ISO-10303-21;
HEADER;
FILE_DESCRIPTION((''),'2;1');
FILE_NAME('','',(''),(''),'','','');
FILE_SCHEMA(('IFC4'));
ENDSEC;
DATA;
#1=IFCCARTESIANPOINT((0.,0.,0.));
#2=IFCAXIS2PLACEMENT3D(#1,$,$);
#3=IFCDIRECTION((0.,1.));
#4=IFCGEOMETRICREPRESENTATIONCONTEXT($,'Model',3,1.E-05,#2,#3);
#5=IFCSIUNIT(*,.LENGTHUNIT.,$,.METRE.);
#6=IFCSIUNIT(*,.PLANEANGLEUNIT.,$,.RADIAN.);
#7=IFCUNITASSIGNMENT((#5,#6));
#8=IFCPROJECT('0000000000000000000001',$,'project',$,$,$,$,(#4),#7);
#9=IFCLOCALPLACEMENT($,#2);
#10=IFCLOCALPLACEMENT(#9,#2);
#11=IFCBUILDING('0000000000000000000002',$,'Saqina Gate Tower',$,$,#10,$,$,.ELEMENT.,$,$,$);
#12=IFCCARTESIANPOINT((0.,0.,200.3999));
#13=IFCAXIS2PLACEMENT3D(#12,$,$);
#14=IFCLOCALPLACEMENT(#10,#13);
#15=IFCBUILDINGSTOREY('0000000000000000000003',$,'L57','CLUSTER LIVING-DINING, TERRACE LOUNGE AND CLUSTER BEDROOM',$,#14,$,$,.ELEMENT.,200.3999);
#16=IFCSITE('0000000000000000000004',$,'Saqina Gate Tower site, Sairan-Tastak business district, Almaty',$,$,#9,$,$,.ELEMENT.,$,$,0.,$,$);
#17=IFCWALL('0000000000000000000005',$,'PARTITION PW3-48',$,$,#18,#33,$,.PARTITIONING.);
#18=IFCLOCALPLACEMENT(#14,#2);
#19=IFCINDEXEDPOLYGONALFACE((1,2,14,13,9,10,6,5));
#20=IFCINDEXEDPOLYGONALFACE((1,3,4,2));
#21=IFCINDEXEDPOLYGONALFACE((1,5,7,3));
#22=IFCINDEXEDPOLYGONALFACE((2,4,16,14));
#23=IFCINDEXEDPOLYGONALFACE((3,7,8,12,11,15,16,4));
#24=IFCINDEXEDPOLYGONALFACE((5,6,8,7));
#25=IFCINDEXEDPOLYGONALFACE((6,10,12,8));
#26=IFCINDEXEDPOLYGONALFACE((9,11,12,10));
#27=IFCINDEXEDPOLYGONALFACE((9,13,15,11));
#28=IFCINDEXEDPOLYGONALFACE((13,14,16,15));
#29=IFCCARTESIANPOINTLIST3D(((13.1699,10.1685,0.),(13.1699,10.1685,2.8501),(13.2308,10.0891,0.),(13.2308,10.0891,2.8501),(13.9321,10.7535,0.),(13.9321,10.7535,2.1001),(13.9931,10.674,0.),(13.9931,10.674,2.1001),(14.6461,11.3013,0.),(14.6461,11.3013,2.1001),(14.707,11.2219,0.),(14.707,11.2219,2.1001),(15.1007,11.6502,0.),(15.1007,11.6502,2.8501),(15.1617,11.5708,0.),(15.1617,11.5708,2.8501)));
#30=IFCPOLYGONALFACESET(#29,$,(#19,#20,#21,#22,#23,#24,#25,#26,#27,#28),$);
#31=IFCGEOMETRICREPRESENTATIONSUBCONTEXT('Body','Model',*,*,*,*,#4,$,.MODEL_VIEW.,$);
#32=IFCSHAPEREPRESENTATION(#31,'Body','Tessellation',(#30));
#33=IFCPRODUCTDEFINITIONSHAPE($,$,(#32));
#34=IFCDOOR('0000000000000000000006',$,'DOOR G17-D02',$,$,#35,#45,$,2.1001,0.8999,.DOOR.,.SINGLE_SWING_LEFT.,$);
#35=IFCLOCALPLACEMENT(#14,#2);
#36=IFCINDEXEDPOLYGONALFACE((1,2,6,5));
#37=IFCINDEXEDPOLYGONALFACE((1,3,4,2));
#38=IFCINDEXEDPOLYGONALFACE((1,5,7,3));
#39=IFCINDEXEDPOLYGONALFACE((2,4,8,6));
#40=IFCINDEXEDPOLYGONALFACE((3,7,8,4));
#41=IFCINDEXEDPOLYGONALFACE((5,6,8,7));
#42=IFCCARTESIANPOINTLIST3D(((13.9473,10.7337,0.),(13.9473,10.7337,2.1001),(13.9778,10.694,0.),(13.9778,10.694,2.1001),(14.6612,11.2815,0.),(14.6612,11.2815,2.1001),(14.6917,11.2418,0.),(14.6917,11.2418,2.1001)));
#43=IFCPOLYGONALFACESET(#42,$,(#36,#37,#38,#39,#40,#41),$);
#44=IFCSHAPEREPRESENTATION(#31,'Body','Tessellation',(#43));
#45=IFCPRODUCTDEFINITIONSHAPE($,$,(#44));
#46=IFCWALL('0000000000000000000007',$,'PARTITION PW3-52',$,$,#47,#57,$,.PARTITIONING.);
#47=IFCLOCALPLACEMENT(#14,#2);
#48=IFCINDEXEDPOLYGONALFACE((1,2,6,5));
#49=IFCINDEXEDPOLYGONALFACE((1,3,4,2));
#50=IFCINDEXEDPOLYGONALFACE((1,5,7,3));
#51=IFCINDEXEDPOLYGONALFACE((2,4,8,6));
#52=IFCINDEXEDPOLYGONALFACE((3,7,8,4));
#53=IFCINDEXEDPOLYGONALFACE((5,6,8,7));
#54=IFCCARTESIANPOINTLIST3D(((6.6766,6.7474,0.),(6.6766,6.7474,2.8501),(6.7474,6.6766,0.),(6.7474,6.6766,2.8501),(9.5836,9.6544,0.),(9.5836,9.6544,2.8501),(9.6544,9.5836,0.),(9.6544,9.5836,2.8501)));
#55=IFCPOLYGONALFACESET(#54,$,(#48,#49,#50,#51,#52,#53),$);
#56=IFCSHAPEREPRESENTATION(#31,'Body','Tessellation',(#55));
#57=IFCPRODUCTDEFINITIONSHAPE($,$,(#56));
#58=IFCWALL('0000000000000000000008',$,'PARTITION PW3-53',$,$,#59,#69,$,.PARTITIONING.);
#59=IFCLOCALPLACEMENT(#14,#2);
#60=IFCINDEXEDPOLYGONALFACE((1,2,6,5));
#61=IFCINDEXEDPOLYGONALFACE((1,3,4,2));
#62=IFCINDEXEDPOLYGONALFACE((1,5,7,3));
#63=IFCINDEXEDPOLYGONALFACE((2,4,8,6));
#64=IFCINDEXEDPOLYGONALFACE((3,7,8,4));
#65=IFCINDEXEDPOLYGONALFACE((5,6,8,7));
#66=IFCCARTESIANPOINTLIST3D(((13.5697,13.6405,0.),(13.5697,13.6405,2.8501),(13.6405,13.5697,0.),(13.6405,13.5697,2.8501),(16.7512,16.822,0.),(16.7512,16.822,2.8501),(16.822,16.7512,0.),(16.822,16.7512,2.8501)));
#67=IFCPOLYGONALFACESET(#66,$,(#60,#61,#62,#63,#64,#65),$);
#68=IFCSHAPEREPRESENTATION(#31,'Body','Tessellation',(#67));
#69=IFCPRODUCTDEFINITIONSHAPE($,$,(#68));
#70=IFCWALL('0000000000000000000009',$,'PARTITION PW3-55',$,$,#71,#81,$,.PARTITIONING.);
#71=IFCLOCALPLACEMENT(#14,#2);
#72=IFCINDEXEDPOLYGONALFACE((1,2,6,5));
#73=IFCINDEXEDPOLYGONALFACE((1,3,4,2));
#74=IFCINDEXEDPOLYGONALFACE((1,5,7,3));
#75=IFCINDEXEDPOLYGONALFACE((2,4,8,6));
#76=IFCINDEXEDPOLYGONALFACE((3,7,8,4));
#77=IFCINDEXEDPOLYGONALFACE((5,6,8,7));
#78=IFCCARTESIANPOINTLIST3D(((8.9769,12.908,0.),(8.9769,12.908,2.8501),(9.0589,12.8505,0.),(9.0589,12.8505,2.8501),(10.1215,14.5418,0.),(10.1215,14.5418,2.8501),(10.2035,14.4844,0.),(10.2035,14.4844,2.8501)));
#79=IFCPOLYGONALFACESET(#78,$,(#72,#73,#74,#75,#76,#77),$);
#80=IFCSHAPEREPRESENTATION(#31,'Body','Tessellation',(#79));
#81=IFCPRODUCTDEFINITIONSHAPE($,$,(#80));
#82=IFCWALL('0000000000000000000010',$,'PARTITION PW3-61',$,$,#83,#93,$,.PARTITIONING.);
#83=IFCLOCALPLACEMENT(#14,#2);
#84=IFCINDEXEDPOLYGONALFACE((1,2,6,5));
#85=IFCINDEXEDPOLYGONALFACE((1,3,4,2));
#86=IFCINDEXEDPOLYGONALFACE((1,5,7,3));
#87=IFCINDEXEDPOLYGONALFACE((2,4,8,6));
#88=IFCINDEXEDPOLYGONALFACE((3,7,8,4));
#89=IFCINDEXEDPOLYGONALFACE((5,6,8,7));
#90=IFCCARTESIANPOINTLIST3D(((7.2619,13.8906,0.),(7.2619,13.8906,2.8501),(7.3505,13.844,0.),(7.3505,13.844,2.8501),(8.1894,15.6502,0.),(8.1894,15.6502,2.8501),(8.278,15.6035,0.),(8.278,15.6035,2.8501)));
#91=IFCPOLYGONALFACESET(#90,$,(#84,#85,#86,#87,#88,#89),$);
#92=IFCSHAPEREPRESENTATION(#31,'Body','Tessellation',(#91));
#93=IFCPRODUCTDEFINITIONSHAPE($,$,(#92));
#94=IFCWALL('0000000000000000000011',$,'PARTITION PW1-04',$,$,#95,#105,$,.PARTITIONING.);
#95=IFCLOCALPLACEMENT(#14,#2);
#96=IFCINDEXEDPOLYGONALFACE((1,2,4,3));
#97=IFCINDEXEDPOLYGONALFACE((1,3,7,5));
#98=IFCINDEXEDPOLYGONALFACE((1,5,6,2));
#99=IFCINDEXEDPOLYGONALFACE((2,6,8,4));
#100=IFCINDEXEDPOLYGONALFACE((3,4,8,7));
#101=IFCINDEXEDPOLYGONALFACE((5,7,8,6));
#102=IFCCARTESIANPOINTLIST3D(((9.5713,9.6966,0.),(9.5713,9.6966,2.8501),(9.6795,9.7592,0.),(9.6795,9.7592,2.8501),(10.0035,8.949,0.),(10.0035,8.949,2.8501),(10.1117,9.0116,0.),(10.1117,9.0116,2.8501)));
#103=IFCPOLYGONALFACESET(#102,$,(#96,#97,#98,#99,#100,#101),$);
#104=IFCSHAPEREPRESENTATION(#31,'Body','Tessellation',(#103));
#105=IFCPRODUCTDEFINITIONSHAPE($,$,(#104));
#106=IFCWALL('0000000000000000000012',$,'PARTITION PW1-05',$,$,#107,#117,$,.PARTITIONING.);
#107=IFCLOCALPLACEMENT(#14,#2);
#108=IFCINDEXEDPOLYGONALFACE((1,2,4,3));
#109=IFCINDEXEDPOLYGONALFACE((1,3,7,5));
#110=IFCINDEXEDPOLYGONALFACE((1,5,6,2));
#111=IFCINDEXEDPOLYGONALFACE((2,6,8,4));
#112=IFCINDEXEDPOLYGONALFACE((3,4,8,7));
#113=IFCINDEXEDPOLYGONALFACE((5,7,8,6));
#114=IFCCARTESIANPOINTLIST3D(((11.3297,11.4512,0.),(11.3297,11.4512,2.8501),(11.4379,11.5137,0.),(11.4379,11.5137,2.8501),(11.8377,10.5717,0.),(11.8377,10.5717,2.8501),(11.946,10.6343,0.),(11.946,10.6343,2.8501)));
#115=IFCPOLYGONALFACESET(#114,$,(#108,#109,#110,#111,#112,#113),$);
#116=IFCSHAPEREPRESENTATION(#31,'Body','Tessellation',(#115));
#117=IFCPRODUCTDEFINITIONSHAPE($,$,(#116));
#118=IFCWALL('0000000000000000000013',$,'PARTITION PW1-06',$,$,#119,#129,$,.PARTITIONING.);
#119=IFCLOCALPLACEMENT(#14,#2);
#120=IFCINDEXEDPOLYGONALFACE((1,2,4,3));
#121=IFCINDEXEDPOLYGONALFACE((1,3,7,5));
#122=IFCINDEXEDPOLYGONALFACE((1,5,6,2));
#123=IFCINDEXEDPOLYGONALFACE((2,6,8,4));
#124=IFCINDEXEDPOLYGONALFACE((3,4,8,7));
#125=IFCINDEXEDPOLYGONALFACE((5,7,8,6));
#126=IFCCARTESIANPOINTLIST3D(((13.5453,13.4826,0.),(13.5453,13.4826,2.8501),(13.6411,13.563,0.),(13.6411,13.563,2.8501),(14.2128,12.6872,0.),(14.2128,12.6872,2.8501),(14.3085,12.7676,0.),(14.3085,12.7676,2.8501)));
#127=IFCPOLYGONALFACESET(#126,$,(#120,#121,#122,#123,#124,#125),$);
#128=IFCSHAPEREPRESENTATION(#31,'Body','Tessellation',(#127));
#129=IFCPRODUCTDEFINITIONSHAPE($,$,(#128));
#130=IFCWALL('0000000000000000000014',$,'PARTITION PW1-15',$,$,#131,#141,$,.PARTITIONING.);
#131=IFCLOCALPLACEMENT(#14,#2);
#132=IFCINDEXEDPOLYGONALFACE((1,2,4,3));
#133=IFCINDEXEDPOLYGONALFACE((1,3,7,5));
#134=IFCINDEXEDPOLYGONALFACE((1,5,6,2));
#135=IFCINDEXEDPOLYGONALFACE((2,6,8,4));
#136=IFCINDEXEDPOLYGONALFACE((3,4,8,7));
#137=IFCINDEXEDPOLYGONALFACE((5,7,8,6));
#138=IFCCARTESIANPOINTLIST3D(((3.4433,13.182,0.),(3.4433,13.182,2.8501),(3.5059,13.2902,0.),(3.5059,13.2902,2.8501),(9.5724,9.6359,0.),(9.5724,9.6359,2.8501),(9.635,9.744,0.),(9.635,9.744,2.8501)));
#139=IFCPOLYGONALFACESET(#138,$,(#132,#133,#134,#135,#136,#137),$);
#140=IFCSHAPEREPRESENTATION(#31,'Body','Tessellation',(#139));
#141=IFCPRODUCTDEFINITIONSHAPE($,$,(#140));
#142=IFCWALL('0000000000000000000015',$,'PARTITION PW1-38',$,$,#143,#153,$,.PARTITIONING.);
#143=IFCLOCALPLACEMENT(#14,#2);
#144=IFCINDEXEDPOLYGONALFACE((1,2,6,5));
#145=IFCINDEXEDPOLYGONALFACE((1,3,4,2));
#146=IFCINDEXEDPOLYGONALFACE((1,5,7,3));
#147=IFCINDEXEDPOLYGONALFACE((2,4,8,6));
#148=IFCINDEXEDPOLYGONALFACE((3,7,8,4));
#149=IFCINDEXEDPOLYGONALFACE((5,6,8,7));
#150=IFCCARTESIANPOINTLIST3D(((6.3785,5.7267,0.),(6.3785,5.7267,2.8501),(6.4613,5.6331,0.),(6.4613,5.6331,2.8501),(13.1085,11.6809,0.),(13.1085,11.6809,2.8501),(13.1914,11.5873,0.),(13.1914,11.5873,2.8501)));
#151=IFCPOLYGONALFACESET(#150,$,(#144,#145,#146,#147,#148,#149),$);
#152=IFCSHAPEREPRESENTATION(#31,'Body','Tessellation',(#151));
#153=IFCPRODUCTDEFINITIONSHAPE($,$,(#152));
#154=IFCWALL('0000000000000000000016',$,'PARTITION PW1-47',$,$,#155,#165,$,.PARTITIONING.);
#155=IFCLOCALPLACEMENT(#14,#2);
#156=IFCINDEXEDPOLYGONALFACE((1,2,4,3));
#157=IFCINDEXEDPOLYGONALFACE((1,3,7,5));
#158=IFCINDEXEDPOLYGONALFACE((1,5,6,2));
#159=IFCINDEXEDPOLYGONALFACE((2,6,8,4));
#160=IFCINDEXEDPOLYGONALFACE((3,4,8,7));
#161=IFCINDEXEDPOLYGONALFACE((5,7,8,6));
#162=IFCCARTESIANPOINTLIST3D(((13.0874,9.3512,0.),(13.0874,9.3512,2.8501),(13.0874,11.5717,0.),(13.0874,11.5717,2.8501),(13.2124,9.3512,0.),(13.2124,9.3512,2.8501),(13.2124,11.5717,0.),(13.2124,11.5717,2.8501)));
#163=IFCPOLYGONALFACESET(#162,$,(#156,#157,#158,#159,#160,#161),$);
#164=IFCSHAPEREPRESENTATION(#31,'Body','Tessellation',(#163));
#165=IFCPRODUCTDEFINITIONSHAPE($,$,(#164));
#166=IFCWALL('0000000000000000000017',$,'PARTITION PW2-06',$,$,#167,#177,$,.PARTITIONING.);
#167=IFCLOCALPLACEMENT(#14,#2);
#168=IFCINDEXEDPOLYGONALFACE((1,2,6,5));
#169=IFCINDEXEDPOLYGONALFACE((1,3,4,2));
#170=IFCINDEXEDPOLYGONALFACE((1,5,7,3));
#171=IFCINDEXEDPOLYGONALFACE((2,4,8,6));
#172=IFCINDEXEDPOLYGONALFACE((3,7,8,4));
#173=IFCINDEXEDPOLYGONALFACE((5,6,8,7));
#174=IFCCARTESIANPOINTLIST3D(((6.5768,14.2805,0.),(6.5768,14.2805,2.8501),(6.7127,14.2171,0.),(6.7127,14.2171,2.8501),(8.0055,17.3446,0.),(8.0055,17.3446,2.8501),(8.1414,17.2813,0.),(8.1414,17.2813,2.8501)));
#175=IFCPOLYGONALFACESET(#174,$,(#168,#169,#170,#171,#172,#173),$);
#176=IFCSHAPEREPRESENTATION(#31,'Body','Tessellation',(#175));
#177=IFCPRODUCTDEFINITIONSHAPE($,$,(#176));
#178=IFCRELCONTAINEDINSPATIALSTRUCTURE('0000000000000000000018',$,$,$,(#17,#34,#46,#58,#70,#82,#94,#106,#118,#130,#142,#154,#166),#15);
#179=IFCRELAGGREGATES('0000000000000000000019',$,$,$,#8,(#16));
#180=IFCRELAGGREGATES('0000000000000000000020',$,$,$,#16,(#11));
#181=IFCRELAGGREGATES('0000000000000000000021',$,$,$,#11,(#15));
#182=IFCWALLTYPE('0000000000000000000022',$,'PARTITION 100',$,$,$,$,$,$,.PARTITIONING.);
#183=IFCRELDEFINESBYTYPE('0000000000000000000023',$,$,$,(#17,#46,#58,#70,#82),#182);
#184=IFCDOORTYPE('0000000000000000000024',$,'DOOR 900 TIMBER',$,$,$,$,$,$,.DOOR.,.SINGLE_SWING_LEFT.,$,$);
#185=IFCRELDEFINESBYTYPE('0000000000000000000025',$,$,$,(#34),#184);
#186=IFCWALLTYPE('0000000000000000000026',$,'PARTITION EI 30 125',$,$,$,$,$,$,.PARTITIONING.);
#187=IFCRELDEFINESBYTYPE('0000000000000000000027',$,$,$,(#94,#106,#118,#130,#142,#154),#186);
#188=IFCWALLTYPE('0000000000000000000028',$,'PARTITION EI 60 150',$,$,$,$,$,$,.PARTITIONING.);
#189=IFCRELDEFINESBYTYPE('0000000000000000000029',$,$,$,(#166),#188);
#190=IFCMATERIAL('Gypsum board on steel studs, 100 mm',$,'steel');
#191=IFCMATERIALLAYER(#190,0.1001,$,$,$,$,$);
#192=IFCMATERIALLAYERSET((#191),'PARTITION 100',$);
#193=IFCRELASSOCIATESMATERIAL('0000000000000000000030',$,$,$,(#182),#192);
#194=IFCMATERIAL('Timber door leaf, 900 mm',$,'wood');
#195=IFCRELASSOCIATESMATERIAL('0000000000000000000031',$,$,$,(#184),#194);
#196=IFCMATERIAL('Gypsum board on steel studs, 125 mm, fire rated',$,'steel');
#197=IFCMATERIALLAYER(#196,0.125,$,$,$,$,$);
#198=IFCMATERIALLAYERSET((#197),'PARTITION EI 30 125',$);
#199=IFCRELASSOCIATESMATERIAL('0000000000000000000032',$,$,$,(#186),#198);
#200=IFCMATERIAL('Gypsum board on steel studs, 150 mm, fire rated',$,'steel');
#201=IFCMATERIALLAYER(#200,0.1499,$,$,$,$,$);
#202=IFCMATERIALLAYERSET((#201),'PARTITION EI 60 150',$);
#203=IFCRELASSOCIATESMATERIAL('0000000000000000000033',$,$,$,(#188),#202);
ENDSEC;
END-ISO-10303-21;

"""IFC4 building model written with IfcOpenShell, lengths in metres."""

from ifc_helpers import new_model, si_unit, direction, frame, frame_2d, origin, place, context, subcontext, project, spatial, rectangle, extrude, material, layer, layer_set, type_object, element, fill, save


model = new_model("IFC4")

# Units and contexts
model_context = context("Model", 3, precision=1e-05, world=origin(), true_north=direction((0.0, 1.0)))
body_context = subcontext(model_context, "Body", "Model", "MODEL_VIEW")
ifc_project = project(units=[si_unit("LENGTHUNIT", "METRE"), si_unit("PLANEANGLEUNIT", "RADIAN")], contexts=[model_context])

# Site, building, storey
site_placement = place(None, origin())
site = spatial("IfcSite", under=ifc_project, at=site_placement, Name="Saqina Gate Tower site, Sairan-Tastak business district, Almaty", CompositionType="ELEMENT", RefElevation=0.0)
building_placement = place(site_placement, origin())
building = spatial("IfcBuilding", under=site, at=building_placement, Name="Saqina Gate Tower", CompositionType="ELEMENT")
storey_placement = place(building_placement, frame((0.0, 0.0, 200.3999)))
storey = spatial("IfcBuildingStorey", under=building, at=storey_placement, Name="L57", Description="CLUSTER LIVING-DINING, TERRACE LOUNGE AND CLUSTER BEDROOM", CompositionType="ELEMENT", Elevation=200.3999)

# Shared definitions
ifc_material_1 = material(Name="Gypsum board on steel studs, 100 mm", Category="steel")
ifc_layer_1 = layer(ifc_material_1, 0.1001)
ifc_layer_set_1 = layer_set([ifc_layer_1], Name="PARTITION 100")
wall_type_1 = type_object("IfcWallType", Name="PARTITION 100", PredefinedType="PARTITIONING", material=ifc_layer_set_1)

# Wall, opening, door
wall_1_placement = place(storey_placement, frame((13.2004, 10.1289, 0.0), z_axis=(0.0, 0.0, 1.0), x_axis=(0.793343, 0.608775, 0.0)))
wall_1 = element("IfcWall", 1, at=wall_1_placement, inside=storey, type_object=wall_type_1, Name="PARTITION PW3-48", PredefinedType="PARTITIONING", context=body_context, shape_type="SweptSolid", body=[
    extrude(rectangle(XDim=2.4338, YDim=0.1001, at=frame_2d((1.2168, 0.0))), origin(), (0.0, 0.0, 1.0), 2.8501),
])
opening_1_placement = place(wall_1_placement, frame((0.9607, 0.0, 0.0)))
opening_1 = element("IfcOpeningElement", 2, at=opening_1_placement, cuts=wall_1, PredefinedType="OPENING", context=body_context, shape_type="SweptSolid", body=[
    extrude(rectangle(XDim=0.8999, YDim=2.1001, at=frame_2d((0.45, 1.05))), frame((0.0, 0.062, 0.0), z_axis=(0.0, -1.0, 0.0), x_axis=(1.0, 0.0, 0.0)), (0.0, 0.0, 1.0), 0.124),
])
ifc_material_2 = material(Name="Timber door leaf, 900 mm", Category="wood")
door_type_1 = type_object("IfcDoorType", Name="DOOR 900 TIMBER", OperationType="SINGLE_SWING_LEFT", PredefinedType="DOOR", material=ifc_material_2)
door_1_placement = place(opening_1_placement, frame((0.8999, 0.0, 0.0), z_axis=(0.0, 0.0, 1.0), x_axis=(-1.0, 0.0, 0.0)))
door_1 = element("IfcDoor", 3, at=door_1_placement, inside=storey, type_object=door_type_1, Name="DOOR G17-D02", OperationType="SINGLE_SWING_LEFT", OverallHeight=2.1001, OverallWidth=0.8999, PredefinedType="DOOR", context=body_context, shape_type="SweptSolid", body=[
    extrude(rectangle(XDim=0.8999, YDim=2.1001, at=frame_2d((0.45, 1.05))), frame((0.0, 0.0249, 0.0), z_axis=(0.0, -1.0, 0.0), x_axis=(1.0, 0.0, 0.0)), (0.0, 0.0, 1.0), 0.05),
])
fill(opening_1, door_1)

# Walls
wall_2_placement = place(storey_placement, frame((6.7119, 6.7119, 0.0), z_axis=(0.0, 0.0, 1.0), x_axis=(0.707107, 0.707107, 0.0)))
element("IfcWall", 4, at=wall_2_placement, inside=storey, type_object=wall_type_1, Name="PARTITION PW3-52", PredefinedType="PARTITIONING", context=body_context, shape_type="SweptSolid", body=[
    extrude(rectangle(XDim=4.1111, YDim=0.1001, at=frame_2d((2.0557, 0.0))), origin(), (0.0, 0.0, 1.0), 2.8501),
])
wall_3_placement = place(storey_placement, frame((13.6052, 13.6052, 0.0), z_axis=(0.0, 0.0, 1.0), x_axis=(0.707107, 0.707107, 0.0)))
element("IfcWall", 5, at=wall_3_placement, inside=storey, type_object=wall_type_1, Name="PARTITION PW3-53", PredefinedType="PARTITIONING", context=body_context, shape_type="SweptSolid", body=[
    extrude(rectangle(XDim=4.4993, YDim=0.1001, at=frame_2d((2.2495, 0.0))), origin(), (0.0, 0.0, 1.0), 2.8501),
])
wall_4_placement = place(storey_placement, frame((9.0178, 12.8792, 0.0), z_axis=(0.0, 0.0, 1.0), x_axis=(0.573758, 0.819025, 0.0)))
element("IfcWall", 6, at=wall_4_placement, inside=storey, type_object=wall_type_1, Name="PARTITION PW3-55", PredefinedType="PARTITIONING", context=body_context, shape_type="SweptSolid", body=[
    extrude(rectangle(XDim=1.9949, YDim=0.1001, at=frame_2d((0.9976, 0.0))), origin(), (0.0, 0.0, 1.0), 2.8501),
])
wall_5_placement = place(storey_placement, frame((7.3062, 13.8672, 0.0), z_axis=(0.0, 0.0, 1.0), x_axis=(0.466308, 0.884622, 0.0)))
element("IfcWall", 7, at=wall_5_placement, inside=storey, type_object=wall_type_1, Name="PARTITION PW3-61", PredefinedType="PARTITIONING", context=body_context, shape_type="SweptSolid", body=[
    extrude(rectangle(XDim=1.989, YDim=0.1001, at=frame_2d((0.9946, 0.0))), origin(), (0.0, 0.0, 1.0), 2.8501),
])
ifc_material_3 = material(Name="Gypsum board on steel studs, 125 mm, fire rated", Category="steel")
ifc_layer_2 = layer(ifc_material_3, 0.125)
ifc_layer_set_2 = layer_set([ifc_layer_2], Name="PARTITION EI 30 125")
wall_type_2 = type_object("IfcWallType", Name="PARTITION EI 30 125", PredefinedType="PARTITIONING", material=ifc_layer_set_2)
wall_6_placement = place(storey_placement, frame((9.6255, 9.7278, 0.0), z_axis=(0.0, 0.0, 1.0), x_axis=(0.500457, -0.865762, 0.0)))
element("IfcWall", 8, at=wall_6_placement, inside=storey, type_object=wall_type_2, Name="PARTITION PW1-04", PredefinedType="PARTITIONING", context=body_context, shape_type="SweptSolid", body=[
    extrude(rectangle(XDim=0.8635, YDim=0.125, at=frame_2d((0.4316, 0.0))), origin(), (0.0, 0.0, 1.0), 2.8501),
])
wall_7_placement = place(storey_placement, frame((11.3838, 11.4824, 0.0), z_axis=(0.0, 0.0, 1.0), x_axis=(0.50025, -0.865881, 0.0)))
element("IfcWall", 9, at=wall_7_placement, inside=storey, type_object=wall_type_2, Name="PARTITION PW1-05", PredefinedType="PARTITIONING", context=body_context, shape_type="SweptSolid", body=[
    extrude(rectangle(XDim=1.0156, YDim=0.125, at=frame_2d((0.5078, 0.0))), origin(), (0.0, 0.0, 1.0), 2.8501),
])
wall_8_placement = place(storey_placement, frame((13.5933, 13.5227, 0.0), z_axis=(0.0, 0.0, 1.0), x_axis=(0.642817, -0.76602, 0.0)))
element("IfcWall", 10, at=wall_8_placement, inside=storey, type_object=wall_type_2, Name="PARTITION PW1-06", PredefinedType="PARTITIONING", context=body_context, shape_type="SweptSolid", body=[
    extrude(rectangle(XDim=1.0383, YDim=0.125, at=frame_2d((0.519, 0.0))), origin(), (0.0, 0.0, 1.0), 2.8501),
])
wall_9_placement = place(storey_placement, frame((3.4746, 13.2361, 0.0), z_axis=(0.0, 0.0, 1.0), x_axis=(0.865568, -0.500792, 0.0)))
element("IfcWall", 11, at=wall_9_placement, inside=storey, type_object=wall_type_2, Name="PARTITION PW1-15", PredefinedType="PARTITIONING", context=body_context, shape_type="SweptSolid", body=[
    extrude(rectangle(XDim=7.0811, YDim=0.125, at=frame_2d((3.5405, 0.0))), origin(), (0.0, 0.0, 1.0), 2.8501),
])
wall_10_placement = place(storey_placement, frame((6.4199, 5.6799, 0.0), z_axis=(0.0, 0.0, 1.0), x_axis=(0.74896, 0.662615, 0.0)))
element("IfcWall", 12, at=wall_10_placement, inside=storey, type_object=wall_type_2, Name="PARTITION PW1-38", PredefinedType="PARTITIONING", context=body_context, shape_type="SweptSolid", body=[
    extrude(rectangle(XDim=8.9858, YDim=0.125, at=frame_2d((4.4929, 0.0))), origin(), (0.0, 0.0, 1.0), 2.8501),
])
wall_11_placement = place(storey_placement, frame((13.1499, 9.3511, 0.0), z_axis=(0.0, 0.0, 1.0), x_axis=(0.0, 1.0, 0.0)))
element("IfcWall", 13, at=wall_11_placement, inside=storey, type_object=wall_type_2, Name="PARTITION PW1-47", PredefinedType="PARTITIONING", context=body_context, shape_type="SweptSolid", body=[
    extrude(rectangle(XDim=2.2205, YDim=0.125, at=frame_2d((1.1104, 0.0))), origin(), (0.0, 0.0, 1.0), 2.8501),
])
ifc_material_4 = material(Name="Gypsum board on steel studs, 150 mm, fire rated", Category="steel")
ifc_layer_3 = layer(ifc_material_4, 0.1499)
ifc_layer_set_3 = layer_set([ifc_layer_3], Name="PARTITION EI 60 150")
wall_type_3 = type_object("IfcWallType", Name="PARTITION EI 60 150", PredefinedType="PARTITIONING", material=ifc_layer_set_3)
wall_12_placement = place(storey_placement, frame((6.6448, 14.2488, 0.0), z_axis=(0.0, 0.0, 1.0), x_axis=(0.422581, 0.906325, 0.0)))
element("IfcWall", 14, at=wall_12_placement, inside=storey, type_object=wall_type_3, Name="PARTITION PW2-06", PredefinedType="PARTITIONING", context=body_context, shape_type="SweptSolid", body=[
    extrude(rectangle(XDim=3.3809, YDim=0.1499, at=frame_2d((1.6904, 0.0))), origin(), (0.0, 0.0, 1.0), 2.8501),
])

save(model, "model.ifc")
